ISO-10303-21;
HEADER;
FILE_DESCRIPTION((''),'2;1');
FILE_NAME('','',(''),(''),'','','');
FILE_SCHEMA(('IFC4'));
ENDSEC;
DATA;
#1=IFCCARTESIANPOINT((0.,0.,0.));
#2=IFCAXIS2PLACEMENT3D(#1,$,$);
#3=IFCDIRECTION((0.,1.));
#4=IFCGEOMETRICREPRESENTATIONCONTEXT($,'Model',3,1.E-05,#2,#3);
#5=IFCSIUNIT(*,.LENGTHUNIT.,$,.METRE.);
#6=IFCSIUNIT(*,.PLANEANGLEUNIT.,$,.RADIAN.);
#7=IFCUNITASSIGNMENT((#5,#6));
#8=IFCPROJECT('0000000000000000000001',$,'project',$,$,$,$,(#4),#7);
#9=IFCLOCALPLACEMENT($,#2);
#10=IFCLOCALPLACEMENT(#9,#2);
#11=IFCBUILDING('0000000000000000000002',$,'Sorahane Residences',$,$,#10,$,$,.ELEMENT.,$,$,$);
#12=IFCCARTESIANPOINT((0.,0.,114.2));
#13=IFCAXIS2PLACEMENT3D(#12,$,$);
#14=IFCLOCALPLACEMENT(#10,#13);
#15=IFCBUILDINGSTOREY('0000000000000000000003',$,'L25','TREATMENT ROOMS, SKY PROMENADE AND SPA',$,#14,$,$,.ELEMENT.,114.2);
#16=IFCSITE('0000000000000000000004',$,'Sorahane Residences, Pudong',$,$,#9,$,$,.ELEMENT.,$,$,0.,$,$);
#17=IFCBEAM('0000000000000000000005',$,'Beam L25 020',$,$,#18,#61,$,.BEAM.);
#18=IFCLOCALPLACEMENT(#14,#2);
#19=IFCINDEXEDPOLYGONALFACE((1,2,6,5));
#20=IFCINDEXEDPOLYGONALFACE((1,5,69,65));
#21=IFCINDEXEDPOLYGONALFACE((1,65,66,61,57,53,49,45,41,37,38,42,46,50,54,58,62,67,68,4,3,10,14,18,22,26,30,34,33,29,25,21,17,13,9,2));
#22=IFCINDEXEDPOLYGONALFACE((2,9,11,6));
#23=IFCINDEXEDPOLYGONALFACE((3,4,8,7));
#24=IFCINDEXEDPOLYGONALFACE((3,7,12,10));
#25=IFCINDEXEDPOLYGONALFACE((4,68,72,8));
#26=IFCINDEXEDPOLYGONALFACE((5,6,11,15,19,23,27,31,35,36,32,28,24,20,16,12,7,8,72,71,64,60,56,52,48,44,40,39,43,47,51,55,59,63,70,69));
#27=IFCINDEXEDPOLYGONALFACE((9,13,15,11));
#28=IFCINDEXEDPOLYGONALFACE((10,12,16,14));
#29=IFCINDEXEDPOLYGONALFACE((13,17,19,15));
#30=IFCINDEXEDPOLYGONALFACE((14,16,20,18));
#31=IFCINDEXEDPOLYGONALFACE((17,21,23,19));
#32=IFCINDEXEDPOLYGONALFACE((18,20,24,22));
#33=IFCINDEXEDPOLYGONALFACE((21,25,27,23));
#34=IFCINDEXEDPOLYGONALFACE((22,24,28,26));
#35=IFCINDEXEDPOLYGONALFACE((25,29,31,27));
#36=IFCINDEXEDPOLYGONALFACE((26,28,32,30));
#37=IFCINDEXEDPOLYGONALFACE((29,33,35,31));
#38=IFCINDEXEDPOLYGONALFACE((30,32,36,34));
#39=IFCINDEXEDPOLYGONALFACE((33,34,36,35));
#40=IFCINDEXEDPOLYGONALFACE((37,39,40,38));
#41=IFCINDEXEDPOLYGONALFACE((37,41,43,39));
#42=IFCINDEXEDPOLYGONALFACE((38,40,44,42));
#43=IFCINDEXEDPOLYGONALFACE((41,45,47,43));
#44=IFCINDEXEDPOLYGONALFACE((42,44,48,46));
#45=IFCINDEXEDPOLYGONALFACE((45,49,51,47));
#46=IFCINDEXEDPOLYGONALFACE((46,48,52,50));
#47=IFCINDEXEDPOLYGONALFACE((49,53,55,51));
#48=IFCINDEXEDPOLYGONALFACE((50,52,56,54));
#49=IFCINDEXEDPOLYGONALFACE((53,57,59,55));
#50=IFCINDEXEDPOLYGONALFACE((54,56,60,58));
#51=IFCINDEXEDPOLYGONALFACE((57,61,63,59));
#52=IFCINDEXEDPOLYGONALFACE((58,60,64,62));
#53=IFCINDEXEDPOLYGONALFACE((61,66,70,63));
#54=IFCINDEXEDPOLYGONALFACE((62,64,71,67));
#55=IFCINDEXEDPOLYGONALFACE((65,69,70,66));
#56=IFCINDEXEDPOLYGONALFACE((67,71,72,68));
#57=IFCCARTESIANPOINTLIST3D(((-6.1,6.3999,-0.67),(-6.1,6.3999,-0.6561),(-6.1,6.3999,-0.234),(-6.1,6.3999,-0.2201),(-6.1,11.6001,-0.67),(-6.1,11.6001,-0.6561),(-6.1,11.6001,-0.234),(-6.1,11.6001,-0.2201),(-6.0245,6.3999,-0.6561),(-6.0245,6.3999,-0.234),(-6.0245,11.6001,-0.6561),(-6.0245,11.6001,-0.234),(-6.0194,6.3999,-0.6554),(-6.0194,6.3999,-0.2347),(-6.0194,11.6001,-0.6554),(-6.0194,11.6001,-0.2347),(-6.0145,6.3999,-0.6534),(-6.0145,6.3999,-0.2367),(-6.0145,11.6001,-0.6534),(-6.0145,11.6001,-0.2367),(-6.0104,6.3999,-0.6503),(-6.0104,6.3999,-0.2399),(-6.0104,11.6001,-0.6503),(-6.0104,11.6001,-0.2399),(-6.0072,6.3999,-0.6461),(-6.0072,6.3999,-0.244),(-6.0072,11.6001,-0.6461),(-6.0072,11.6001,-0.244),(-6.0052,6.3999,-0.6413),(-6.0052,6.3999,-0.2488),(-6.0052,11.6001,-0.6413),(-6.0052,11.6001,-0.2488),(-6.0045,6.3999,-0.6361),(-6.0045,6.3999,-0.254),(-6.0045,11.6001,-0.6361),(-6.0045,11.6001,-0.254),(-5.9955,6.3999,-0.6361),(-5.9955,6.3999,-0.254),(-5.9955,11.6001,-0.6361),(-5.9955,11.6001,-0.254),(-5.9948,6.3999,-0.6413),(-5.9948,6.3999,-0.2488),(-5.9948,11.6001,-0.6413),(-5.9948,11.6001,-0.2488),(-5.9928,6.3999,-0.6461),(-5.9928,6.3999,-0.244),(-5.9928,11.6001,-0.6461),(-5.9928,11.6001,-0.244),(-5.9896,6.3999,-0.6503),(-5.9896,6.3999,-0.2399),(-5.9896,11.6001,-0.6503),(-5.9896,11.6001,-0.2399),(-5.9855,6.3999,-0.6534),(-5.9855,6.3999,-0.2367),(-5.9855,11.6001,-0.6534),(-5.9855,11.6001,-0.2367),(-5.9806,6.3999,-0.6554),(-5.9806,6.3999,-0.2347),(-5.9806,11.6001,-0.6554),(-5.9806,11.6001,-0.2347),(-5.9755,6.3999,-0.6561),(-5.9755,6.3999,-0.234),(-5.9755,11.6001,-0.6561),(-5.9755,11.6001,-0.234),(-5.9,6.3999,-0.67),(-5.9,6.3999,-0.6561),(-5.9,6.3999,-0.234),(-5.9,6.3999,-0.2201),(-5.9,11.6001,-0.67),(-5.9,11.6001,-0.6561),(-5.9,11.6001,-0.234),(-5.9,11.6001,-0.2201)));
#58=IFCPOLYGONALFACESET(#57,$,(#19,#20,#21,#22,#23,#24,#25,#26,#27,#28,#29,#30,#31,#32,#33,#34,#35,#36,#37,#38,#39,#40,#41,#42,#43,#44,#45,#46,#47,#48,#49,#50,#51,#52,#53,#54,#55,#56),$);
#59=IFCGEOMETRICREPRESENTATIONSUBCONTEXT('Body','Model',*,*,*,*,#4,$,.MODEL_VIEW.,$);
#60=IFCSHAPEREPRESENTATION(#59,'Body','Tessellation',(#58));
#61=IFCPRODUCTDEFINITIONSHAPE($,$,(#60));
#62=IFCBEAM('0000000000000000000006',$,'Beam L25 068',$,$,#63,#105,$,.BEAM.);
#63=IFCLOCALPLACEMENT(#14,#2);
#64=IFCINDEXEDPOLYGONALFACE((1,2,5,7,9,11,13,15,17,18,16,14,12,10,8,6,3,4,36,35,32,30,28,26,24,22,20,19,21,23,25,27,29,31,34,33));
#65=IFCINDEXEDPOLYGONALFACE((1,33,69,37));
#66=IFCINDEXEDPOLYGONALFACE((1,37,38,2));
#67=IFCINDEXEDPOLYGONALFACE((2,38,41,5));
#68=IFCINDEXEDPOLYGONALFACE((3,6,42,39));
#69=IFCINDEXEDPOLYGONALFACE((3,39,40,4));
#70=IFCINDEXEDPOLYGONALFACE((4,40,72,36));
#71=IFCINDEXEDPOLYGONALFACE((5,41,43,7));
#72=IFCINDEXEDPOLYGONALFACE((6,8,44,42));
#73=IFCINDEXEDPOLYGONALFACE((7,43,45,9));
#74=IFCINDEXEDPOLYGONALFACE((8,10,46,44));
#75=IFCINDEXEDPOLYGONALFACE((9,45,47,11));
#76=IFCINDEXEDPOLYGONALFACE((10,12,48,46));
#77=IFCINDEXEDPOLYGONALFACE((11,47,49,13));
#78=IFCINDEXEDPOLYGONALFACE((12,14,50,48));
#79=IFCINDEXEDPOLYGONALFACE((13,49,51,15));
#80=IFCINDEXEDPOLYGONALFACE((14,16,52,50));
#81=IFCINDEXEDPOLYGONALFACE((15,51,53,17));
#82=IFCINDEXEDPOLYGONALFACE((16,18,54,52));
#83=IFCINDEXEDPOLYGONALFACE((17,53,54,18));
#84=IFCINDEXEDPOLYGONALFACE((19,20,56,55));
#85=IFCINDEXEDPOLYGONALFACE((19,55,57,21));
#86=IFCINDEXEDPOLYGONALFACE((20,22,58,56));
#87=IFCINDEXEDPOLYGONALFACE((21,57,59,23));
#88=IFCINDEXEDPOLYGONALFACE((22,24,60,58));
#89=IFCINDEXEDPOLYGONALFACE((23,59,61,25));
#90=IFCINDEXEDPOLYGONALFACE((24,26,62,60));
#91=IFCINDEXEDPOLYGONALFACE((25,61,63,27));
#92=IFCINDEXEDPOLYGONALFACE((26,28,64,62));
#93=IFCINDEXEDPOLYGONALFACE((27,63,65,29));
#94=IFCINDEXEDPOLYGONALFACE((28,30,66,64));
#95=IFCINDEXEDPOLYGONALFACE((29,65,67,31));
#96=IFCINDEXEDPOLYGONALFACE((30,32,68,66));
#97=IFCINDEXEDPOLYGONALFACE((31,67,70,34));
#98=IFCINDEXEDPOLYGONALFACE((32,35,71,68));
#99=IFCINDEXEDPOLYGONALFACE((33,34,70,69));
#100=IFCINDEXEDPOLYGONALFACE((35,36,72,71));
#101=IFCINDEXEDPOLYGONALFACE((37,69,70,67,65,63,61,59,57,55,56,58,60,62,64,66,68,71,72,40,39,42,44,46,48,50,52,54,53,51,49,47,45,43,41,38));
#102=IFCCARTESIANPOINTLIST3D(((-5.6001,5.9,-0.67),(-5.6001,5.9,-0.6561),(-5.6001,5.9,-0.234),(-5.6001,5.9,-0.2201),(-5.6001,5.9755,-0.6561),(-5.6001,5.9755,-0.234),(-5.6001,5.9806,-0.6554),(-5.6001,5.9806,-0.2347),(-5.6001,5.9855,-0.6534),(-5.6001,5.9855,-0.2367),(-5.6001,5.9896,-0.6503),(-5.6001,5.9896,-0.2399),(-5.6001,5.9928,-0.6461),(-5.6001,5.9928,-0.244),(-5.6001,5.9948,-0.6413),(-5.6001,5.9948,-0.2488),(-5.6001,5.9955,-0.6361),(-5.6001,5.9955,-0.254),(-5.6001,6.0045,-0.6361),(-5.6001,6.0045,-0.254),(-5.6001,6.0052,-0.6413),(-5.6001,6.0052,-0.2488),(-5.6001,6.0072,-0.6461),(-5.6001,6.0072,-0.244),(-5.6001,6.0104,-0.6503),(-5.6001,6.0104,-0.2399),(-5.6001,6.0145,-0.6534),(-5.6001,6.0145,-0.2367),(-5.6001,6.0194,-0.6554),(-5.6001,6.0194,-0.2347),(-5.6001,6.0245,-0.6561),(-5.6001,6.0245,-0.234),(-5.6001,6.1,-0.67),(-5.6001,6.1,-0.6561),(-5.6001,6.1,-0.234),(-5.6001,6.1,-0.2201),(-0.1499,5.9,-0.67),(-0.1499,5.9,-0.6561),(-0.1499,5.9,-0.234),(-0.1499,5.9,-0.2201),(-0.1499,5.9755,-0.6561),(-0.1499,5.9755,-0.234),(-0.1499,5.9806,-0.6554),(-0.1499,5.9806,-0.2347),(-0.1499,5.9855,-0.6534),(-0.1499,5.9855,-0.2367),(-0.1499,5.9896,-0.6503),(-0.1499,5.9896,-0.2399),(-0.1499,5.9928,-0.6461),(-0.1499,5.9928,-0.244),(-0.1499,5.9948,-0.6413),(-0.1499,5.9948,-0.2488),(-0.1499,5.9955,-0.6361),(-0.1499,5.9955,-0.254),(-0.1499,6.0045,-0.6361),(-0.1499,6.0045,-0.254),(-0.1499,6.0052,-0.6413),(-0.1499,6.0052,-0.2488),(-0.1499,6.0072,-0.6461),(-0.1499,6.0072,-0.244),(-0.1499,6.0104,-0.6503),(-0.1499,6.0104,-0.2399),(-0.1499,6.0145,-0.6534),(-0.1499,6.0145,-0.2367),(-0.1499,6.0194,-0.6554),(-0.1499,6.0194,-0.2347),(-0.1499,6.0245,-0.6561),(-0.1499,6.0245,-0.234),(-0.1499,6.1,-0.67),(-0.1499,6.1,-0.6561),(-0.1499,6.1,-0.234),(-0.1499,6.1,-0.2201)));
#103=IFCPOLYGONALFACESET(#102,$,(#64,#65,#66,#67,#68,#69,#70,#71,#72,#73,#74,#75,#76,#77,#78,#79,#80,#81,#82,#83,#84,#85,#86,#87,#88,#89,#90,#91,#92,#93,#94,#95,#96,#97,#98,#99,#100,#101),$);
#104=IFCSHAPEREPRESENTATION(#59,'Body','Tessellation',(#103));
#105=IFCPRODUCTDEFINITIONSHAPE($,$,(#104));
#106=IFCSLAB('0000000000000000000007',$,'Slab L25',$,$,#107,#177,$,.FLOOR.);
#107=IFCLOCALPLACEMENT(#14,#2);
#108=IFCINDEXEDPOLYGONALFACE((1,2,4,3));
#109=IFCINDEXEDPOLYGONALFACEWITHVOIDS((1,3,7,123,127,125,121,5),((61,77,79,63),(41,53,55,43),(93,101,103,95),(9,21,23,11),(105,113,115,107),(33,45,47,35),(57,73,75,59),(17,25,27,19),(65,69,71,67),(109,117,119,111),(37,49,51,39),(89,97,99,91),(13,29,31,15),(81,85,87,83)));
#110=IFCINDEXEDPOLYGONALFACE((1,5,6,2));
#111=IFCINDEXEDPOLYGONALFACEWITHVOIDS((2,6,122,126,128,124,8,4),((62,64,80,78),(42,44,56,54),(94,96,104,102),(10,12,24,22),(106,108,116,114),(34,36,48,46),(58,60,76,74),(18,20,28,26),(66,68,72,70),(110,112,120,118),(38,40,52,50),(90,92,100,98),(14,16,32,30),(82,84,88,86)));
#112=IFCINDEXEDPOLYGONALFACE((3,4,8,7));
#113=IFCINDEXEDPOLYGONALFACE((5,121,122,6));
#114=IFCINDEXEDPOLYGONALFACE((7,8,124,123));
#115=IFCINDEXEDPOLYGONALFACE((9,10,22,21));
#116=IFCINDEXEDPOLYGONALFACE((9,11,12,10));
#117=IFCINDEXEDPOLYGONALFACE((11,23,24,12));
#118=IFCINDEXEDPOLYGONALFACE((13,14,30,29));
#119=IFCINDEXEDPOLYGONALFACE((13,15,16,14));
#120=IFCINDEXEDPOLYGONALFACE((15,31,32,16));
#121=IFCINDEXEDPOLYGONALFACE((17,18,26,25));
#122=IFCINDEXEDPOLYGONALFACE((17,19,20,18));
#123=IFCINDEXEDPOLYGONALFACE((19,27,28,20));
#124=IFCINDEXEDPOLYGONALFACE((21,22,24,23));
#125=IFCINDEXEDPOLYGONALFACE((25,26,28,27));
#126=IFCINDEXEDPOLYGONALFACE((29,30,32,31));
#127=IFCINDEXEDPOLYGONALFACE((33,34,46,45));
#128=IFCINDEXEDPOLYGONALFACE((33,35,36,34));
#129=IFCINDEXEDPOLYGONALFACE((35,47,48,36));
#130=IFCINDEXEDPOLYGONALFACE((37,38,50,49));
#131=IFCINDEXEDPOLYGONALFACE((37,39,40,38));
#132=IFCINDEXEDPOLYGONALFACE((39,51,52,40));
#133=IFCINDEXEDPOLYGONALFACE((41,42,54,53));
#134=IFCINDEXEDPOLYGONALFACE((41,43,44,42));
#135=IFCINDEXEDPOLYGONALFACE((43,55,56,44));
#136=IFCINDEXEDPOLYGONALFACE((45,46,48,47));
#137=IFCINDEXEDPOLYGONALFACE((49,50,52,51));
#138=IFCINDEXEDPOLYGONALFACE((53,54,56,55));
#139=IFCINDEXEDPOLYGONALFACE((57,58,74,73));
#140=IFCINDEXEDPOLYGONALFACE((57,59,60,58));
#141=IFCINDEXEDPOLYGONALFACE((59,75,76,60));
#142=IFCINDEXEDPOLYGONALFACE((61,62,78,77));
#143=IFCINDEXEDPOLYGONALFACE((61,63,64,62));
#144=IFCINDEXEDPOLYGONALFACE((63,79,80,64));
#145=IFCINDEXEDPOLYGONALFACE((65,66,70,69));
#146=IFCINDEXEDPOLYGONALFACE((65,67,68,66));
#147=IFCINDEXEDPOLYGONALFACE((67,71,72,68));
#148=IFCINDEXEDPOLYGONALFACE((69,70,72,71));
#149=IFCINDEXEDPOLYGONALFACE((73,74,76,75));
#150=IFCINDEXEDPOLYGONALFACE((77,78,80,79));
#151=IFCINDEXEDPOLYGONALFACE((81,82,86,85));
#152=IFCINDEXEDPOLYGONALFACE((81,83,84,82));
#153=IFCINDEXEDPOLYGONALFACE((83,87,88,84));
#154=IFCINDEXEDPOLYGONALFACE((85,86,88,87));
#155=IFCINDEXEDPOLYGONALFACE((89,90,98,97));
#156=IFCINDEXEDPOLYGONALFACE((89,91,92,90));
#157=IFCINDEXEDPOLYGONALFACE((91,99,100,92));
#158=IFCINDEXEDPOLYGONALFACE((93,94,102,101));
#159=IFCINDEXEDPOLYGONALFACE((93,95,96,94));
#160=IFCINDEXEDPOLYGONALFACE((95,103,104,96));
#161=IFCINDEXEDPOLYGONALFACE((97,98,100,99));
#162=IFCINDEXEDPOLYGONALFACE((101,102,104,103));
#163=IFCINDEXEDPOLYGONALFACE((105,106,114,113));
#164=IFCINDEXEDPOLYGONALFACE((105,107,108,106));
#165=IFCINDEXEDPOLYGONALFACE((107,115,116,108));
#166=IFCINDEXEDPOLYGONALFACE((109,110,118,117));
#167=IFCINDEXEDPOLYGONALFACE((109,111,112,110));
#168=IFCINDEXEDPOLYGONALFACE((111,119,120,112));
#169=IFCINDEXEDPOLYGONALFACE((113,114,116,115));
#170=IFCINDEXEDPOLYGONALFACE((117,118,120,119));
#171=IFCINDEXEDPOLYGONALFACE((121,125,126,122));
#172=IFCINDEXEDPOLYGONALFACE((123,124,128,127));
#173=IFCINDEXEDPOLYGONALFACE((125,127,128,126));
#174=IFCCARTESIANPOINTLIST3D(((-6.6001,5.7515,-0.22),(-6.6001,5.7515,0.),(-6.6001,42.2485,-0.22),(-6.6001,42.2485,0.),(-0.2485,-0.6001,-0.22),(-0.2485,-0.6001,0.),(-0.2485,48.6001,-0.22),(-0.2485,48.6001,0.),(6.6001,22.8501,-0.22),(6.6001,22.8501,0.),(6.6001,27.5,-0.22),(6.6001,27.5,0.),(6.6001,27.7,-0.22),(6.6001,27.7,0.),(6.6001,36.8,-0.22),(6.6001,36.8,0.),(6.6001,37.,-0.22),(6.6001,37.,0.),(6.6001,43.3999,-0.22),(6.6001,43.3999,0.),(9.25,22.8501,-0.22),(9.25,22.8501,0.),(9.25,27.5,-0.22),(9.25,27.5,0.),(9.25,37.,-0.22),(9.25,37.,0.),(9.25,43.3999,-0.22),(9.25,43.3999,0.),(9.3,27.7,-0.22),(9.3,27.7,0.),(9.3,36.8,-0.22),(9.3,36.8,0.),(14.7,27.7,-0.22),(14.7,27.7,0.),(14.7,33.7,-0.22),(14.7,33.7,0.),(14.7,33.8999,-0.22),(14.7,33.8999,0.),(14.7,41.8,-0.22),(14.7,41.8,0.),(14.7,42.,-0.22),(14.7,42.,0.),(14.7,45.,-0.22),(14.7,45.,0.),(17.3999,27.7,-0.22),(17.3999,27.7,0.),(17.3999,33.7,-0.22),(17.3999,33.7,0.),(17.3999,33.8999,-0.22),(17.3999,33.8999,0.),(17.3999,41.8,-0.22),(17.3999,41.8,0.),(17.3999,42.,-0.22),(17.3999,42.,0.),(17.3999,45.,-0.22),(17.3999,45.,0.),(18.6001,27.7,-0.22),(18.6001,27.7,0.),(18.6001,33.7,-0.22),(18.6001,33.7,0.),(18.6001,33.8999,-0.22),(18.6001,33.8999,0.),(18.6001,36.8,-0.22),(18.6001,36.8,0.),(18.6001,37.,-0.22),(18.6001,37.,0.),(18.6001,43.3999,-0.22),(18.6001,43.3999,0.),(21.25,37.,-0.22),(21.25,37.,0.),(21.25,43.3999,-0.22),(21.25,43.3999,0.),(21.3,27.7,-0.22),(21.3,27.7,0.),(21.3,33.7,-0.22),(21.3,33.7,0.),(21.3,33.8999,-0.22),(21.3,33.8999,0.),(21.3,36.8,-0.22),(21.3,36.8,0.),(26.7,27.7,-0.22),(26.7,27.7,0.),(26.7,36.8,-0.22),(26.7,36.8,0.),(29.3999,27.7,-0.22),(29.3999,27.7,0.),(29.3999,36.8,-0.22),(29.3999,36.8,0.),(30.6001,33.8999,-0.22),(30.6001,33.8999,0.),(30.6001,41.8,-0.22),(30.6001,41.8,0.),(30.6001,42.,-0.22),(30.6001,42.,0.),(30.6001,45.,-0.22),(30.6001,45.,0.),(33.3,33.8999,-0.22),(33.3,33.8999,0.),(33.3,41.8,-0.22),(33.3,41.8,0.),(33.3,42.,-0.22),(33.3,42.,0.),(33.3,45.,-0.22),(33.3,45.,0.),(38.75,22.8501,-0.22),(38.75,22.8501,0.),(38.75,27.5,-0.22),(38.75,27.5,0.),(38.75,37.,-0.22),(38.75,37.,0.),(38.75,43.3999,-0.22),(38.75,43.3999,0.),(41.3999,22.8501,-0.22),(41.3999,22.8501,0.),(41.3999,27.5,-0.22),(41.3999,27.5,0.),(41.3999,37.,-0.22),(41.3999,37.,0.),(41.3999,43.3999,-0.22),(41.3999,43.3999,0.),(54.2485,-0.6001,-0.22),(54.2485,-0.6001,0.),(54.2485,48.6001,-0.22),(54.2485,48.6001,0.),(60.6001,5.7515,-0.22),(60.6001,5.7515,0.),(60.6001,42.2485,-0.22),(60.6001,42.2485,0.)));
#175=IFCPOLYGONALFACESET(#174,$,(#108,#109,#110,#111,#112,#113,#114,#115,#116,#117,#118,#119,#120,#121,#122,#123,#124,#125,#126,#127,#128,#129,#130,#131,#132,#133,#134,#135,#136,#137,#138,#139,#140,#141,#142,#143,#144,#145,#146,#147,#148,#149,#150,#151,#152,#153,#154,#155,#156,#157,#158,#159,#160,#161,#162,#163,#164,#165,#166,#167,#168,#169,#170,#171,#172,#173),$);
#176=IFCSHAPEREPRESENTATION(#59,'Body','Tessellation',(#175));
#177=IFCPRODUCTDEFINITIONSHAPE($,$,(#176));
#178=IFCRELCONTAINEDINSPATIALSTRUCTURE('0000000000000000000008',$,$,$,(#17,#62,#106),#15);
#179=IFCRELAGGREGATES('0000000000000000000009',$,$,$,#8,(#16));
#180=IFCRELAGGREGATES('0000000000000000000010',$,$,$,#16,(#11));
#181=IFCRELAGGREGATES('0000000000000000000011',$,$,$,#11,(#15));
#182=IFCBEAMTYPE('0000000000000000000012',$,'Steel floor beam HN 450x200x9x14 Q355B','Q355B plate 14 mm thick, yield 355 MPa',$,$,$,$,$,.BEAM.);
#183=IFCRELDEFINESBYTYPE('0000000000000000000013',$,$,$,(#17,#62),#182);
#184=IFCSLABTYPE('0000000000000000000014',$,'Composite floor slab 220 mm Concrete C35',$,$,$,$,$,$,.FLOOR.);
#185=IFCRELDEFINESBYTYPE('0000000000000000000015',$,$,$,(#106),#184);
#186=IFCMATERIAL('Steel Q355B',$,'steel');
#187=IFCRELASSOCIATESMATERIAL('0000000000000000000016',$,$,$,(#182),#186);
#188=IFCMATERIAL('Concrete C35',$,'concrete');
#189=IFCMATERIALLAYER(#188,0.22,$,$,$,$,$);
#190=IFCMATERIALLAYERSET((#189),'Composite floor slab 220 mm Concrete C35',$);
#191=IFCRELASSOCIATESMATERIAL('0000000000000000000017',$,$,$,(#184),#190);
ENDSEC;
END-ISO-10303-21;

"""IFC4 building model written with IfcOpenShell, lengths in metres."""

from ifc_helpers import new_model, si_unit, direction, frame, origin, origin_2d, place, context, subcontext, project, spatial, polyline, i_section, outline, extrude, material, layer, layer_set, material_profile, profile_set, type_object, element, save


model = new_model("IFC4")

# Units and contexts
model_context = context("Model", 3, precision=1e-05, world=origin(), true_north=direction((0.0, 1.0)))
body_context = subcontext(model_context, "Body", "Model", "MODEL_VIEW")
ifc_project = project(units=[si_unit("LENGTHUNIT", "METRE"), si_unit("PLANEANGLEUNIT", "RADIAN")], contexts=[model_context])

# Site, building, storey
site_placement = place(None, origin())
site = spatial("IfcSite", under=ifc_project, at=site_placement, Name="Sorahane Residences, Pudong", CompositionType="ELEMENT", RefElevation=0.0)
building_placement = place(site_placement, origin())
building = spatial("IfcBuilding", under=site, at=building_placement, Name="Sorahane Residences", CompositionType="ELEMENT")
storey_placement = place(building_placement, frame((0.0, 0.0, 114.2)))
storey = spatial("IfcBuildingStorey", under=building, at=storey_placement, Name="L25", Description="TREATMENT ROOMS, SKY PROMENADE AND SPA", CompositionType="ELEMENT", Elevation=114.2)

# Beams
ifc_material_1 = material(Name="Steel Q355B", Category="steel")
ifc_material_profile_1 = material_profile(ifc_material_1, i_section(OverallWidth=0.2, OverallDepth=0.45, WebThickness=0.009, FlangeThickness=0.0139, FilletRadius=0.02, at=origin_2d()), Name="HN 450x200x9x14")
ifc_profile_set_1 = profile_set([ifc_material_profile_1], Name="Steel Q355B")
beam_type = type_object("IfcBeamType", Name="Steel floor beam HN 450x200x9x14 Q355B", Description="Q355B plate 14 mm thick, yield 355 MPa", PredefinedType="BEAM", material=ifc_profile_set_1)
beam_1_placement = place(storey_placement, frame((-6.0, 6.3999, -0.4451), z_axis=(0.0, 1.0, 0.0), x_axis=(-1.0, 0.0, 0.0)))
element("IfcBeam", 1, at=beam_1_placement, inside=storey, type_object=beam_type, Name="Beam L25 020", PredefinedType="BEAM", context=body_context, shape_type="SweptSolid", body=[
    extrude(i_section(OverallWidth=0.2, OverallDepth=0.45, WebThickness=0.009, FlangeThickness=0.0139, FilletRadius=0.02, at=origin_2d()), origin(), (0.0, 0.0, 1.0), 5.2002),
])
beam_2_placement = place(storey_placement, frame((-5.6001, 6.0, -0.4451), z_axis=(1.0, 0.0, 0.0), x_axis=(0.0, 1.0, 0.0)))
element("IfcBeam", 2, at=beam_2_placement, inside=storey, type_object=beam_type, Name="Beam L25 068", PredefinedType="BEAM", context=body_context, shape_type="SweptSolid", body=[
    extrude(i_section(OverallWidth=0.2, OverallDepth=0.45, WebThickness=0.009, FlangeThickness=0.0139, FilletRadius=0.02, at=origin_2d()), origin(), (0.0, 0.0, 1.0), 5.4502),
])

# Slab
ifc_material_2 = material(Name="Concrete C35", Category="concrete")
ifc_layer_1 = layer(ifc_material_2, 0.22)
ifc_layer_set_1 = layer_set([ifc_layer_1], Name="Composite floor slab 220 mm Concrete C35")
slab_type_1 = type_object("IfcSlabType", Name="Composite floor slab 220 mm Concrete C35", PredefinedType="FLOOR", material=ifc_layer_set_1)
slab_1_placement = place(storey_placement, frame((0.0, 0.0, -0.22)))
element("IfcSlab", 3, at=slab_1_placement, inside=storey, type_object=slab_type_1, Name="Slab L25", PredefinedType="FLOOR", context=body_context, shape_type="SweptSolid", body=[
    extrude(outline(polyline([(-0.2485, -0.6001), (-6.6001, 5.7515), (-6.6001, 42.2485), (-0.2485, 48.6001), (54.2485, 48.6001), (60.6001, 42.2485), (60.6001, 5.7515), (54.2485, -0.6001), (-0.2485, -0.6001)]), holes=[polyline([(18.6001, 27.7), (21.3, 27.7), (21.3, 33.7), (18.6001, 33.7), (18.6001, 27.7)]), polyline([(30.6001, 42.0), (33.3, 42.0), (33.3, 45.0), (30.6001, 45.0), (30.6001, 42.0)]), polyline([(14.7, 27.7), (17.3999, 27.7), (17.3999, 33.7), (14.7, 33.7), (14.7, 27.7)]), polyline([(14.7, 42.0), (17.3999, 42.0), (17.3999, 45.0), (14.7, 45.0), (14.7, 42.0)]), polyline([(6.6001, 27.7), (9.3, 27.7), (9.3, 36.8), (6.6001, 36.8), (6.6001, 27.7)]), polyline([(6.6001, 43.3999), (6.6001, 37.0), (9.25, 37.0), (9.25, 43.3999), (6.6001, 43.3999)]), polyline([(38.75, 43.3999), (38.75, 37.0), (41.3999, 37.0), (41.3999, 43.3999), (38.75, 43.3999)]), polyline([(18.6001, 43.3999), (18.6001, 37.0), (21.25, 37.0), (21.25, 43.3999), (18.6001, 43.3999)]), polyline([(9.25, 22.8501), (9.25, 27.5), (6.6001, 27.5), (6.6001, 22.8501), (9.25, 22.8501)]), polyline([(41.3999, 22.8501), (41.3999, 27.5), (38.75, 27.5), (38.75, 22.8501), (41.3999, 22.8501)]), polyline([(14.7, 33.8999), (17.3999, 33.8999), (17.3999, 41.8), (14.7, 41.8), (14.7, 33.8999)]), polyline([(30.6001, 33.8999), (33.3, 33.8999), (33.3, 41.8), (30.6001, 41.8), (30.6001, 33.8999)]), polyline([(18.6001, 33.8999), (21.3, 33.8999), (21.3, 36.8), (18.6001, 36.8), (18.6001, 33.8999)]), polyline([(26.7, 27.7), (29.3999, 27.7), (29.3999, 36.8), (26.7, 36.8), (26.7, 27.7)])]), origin(), (0.0, 0.0, 1.0), 0.22),
])

save(model, "model.ifc")
